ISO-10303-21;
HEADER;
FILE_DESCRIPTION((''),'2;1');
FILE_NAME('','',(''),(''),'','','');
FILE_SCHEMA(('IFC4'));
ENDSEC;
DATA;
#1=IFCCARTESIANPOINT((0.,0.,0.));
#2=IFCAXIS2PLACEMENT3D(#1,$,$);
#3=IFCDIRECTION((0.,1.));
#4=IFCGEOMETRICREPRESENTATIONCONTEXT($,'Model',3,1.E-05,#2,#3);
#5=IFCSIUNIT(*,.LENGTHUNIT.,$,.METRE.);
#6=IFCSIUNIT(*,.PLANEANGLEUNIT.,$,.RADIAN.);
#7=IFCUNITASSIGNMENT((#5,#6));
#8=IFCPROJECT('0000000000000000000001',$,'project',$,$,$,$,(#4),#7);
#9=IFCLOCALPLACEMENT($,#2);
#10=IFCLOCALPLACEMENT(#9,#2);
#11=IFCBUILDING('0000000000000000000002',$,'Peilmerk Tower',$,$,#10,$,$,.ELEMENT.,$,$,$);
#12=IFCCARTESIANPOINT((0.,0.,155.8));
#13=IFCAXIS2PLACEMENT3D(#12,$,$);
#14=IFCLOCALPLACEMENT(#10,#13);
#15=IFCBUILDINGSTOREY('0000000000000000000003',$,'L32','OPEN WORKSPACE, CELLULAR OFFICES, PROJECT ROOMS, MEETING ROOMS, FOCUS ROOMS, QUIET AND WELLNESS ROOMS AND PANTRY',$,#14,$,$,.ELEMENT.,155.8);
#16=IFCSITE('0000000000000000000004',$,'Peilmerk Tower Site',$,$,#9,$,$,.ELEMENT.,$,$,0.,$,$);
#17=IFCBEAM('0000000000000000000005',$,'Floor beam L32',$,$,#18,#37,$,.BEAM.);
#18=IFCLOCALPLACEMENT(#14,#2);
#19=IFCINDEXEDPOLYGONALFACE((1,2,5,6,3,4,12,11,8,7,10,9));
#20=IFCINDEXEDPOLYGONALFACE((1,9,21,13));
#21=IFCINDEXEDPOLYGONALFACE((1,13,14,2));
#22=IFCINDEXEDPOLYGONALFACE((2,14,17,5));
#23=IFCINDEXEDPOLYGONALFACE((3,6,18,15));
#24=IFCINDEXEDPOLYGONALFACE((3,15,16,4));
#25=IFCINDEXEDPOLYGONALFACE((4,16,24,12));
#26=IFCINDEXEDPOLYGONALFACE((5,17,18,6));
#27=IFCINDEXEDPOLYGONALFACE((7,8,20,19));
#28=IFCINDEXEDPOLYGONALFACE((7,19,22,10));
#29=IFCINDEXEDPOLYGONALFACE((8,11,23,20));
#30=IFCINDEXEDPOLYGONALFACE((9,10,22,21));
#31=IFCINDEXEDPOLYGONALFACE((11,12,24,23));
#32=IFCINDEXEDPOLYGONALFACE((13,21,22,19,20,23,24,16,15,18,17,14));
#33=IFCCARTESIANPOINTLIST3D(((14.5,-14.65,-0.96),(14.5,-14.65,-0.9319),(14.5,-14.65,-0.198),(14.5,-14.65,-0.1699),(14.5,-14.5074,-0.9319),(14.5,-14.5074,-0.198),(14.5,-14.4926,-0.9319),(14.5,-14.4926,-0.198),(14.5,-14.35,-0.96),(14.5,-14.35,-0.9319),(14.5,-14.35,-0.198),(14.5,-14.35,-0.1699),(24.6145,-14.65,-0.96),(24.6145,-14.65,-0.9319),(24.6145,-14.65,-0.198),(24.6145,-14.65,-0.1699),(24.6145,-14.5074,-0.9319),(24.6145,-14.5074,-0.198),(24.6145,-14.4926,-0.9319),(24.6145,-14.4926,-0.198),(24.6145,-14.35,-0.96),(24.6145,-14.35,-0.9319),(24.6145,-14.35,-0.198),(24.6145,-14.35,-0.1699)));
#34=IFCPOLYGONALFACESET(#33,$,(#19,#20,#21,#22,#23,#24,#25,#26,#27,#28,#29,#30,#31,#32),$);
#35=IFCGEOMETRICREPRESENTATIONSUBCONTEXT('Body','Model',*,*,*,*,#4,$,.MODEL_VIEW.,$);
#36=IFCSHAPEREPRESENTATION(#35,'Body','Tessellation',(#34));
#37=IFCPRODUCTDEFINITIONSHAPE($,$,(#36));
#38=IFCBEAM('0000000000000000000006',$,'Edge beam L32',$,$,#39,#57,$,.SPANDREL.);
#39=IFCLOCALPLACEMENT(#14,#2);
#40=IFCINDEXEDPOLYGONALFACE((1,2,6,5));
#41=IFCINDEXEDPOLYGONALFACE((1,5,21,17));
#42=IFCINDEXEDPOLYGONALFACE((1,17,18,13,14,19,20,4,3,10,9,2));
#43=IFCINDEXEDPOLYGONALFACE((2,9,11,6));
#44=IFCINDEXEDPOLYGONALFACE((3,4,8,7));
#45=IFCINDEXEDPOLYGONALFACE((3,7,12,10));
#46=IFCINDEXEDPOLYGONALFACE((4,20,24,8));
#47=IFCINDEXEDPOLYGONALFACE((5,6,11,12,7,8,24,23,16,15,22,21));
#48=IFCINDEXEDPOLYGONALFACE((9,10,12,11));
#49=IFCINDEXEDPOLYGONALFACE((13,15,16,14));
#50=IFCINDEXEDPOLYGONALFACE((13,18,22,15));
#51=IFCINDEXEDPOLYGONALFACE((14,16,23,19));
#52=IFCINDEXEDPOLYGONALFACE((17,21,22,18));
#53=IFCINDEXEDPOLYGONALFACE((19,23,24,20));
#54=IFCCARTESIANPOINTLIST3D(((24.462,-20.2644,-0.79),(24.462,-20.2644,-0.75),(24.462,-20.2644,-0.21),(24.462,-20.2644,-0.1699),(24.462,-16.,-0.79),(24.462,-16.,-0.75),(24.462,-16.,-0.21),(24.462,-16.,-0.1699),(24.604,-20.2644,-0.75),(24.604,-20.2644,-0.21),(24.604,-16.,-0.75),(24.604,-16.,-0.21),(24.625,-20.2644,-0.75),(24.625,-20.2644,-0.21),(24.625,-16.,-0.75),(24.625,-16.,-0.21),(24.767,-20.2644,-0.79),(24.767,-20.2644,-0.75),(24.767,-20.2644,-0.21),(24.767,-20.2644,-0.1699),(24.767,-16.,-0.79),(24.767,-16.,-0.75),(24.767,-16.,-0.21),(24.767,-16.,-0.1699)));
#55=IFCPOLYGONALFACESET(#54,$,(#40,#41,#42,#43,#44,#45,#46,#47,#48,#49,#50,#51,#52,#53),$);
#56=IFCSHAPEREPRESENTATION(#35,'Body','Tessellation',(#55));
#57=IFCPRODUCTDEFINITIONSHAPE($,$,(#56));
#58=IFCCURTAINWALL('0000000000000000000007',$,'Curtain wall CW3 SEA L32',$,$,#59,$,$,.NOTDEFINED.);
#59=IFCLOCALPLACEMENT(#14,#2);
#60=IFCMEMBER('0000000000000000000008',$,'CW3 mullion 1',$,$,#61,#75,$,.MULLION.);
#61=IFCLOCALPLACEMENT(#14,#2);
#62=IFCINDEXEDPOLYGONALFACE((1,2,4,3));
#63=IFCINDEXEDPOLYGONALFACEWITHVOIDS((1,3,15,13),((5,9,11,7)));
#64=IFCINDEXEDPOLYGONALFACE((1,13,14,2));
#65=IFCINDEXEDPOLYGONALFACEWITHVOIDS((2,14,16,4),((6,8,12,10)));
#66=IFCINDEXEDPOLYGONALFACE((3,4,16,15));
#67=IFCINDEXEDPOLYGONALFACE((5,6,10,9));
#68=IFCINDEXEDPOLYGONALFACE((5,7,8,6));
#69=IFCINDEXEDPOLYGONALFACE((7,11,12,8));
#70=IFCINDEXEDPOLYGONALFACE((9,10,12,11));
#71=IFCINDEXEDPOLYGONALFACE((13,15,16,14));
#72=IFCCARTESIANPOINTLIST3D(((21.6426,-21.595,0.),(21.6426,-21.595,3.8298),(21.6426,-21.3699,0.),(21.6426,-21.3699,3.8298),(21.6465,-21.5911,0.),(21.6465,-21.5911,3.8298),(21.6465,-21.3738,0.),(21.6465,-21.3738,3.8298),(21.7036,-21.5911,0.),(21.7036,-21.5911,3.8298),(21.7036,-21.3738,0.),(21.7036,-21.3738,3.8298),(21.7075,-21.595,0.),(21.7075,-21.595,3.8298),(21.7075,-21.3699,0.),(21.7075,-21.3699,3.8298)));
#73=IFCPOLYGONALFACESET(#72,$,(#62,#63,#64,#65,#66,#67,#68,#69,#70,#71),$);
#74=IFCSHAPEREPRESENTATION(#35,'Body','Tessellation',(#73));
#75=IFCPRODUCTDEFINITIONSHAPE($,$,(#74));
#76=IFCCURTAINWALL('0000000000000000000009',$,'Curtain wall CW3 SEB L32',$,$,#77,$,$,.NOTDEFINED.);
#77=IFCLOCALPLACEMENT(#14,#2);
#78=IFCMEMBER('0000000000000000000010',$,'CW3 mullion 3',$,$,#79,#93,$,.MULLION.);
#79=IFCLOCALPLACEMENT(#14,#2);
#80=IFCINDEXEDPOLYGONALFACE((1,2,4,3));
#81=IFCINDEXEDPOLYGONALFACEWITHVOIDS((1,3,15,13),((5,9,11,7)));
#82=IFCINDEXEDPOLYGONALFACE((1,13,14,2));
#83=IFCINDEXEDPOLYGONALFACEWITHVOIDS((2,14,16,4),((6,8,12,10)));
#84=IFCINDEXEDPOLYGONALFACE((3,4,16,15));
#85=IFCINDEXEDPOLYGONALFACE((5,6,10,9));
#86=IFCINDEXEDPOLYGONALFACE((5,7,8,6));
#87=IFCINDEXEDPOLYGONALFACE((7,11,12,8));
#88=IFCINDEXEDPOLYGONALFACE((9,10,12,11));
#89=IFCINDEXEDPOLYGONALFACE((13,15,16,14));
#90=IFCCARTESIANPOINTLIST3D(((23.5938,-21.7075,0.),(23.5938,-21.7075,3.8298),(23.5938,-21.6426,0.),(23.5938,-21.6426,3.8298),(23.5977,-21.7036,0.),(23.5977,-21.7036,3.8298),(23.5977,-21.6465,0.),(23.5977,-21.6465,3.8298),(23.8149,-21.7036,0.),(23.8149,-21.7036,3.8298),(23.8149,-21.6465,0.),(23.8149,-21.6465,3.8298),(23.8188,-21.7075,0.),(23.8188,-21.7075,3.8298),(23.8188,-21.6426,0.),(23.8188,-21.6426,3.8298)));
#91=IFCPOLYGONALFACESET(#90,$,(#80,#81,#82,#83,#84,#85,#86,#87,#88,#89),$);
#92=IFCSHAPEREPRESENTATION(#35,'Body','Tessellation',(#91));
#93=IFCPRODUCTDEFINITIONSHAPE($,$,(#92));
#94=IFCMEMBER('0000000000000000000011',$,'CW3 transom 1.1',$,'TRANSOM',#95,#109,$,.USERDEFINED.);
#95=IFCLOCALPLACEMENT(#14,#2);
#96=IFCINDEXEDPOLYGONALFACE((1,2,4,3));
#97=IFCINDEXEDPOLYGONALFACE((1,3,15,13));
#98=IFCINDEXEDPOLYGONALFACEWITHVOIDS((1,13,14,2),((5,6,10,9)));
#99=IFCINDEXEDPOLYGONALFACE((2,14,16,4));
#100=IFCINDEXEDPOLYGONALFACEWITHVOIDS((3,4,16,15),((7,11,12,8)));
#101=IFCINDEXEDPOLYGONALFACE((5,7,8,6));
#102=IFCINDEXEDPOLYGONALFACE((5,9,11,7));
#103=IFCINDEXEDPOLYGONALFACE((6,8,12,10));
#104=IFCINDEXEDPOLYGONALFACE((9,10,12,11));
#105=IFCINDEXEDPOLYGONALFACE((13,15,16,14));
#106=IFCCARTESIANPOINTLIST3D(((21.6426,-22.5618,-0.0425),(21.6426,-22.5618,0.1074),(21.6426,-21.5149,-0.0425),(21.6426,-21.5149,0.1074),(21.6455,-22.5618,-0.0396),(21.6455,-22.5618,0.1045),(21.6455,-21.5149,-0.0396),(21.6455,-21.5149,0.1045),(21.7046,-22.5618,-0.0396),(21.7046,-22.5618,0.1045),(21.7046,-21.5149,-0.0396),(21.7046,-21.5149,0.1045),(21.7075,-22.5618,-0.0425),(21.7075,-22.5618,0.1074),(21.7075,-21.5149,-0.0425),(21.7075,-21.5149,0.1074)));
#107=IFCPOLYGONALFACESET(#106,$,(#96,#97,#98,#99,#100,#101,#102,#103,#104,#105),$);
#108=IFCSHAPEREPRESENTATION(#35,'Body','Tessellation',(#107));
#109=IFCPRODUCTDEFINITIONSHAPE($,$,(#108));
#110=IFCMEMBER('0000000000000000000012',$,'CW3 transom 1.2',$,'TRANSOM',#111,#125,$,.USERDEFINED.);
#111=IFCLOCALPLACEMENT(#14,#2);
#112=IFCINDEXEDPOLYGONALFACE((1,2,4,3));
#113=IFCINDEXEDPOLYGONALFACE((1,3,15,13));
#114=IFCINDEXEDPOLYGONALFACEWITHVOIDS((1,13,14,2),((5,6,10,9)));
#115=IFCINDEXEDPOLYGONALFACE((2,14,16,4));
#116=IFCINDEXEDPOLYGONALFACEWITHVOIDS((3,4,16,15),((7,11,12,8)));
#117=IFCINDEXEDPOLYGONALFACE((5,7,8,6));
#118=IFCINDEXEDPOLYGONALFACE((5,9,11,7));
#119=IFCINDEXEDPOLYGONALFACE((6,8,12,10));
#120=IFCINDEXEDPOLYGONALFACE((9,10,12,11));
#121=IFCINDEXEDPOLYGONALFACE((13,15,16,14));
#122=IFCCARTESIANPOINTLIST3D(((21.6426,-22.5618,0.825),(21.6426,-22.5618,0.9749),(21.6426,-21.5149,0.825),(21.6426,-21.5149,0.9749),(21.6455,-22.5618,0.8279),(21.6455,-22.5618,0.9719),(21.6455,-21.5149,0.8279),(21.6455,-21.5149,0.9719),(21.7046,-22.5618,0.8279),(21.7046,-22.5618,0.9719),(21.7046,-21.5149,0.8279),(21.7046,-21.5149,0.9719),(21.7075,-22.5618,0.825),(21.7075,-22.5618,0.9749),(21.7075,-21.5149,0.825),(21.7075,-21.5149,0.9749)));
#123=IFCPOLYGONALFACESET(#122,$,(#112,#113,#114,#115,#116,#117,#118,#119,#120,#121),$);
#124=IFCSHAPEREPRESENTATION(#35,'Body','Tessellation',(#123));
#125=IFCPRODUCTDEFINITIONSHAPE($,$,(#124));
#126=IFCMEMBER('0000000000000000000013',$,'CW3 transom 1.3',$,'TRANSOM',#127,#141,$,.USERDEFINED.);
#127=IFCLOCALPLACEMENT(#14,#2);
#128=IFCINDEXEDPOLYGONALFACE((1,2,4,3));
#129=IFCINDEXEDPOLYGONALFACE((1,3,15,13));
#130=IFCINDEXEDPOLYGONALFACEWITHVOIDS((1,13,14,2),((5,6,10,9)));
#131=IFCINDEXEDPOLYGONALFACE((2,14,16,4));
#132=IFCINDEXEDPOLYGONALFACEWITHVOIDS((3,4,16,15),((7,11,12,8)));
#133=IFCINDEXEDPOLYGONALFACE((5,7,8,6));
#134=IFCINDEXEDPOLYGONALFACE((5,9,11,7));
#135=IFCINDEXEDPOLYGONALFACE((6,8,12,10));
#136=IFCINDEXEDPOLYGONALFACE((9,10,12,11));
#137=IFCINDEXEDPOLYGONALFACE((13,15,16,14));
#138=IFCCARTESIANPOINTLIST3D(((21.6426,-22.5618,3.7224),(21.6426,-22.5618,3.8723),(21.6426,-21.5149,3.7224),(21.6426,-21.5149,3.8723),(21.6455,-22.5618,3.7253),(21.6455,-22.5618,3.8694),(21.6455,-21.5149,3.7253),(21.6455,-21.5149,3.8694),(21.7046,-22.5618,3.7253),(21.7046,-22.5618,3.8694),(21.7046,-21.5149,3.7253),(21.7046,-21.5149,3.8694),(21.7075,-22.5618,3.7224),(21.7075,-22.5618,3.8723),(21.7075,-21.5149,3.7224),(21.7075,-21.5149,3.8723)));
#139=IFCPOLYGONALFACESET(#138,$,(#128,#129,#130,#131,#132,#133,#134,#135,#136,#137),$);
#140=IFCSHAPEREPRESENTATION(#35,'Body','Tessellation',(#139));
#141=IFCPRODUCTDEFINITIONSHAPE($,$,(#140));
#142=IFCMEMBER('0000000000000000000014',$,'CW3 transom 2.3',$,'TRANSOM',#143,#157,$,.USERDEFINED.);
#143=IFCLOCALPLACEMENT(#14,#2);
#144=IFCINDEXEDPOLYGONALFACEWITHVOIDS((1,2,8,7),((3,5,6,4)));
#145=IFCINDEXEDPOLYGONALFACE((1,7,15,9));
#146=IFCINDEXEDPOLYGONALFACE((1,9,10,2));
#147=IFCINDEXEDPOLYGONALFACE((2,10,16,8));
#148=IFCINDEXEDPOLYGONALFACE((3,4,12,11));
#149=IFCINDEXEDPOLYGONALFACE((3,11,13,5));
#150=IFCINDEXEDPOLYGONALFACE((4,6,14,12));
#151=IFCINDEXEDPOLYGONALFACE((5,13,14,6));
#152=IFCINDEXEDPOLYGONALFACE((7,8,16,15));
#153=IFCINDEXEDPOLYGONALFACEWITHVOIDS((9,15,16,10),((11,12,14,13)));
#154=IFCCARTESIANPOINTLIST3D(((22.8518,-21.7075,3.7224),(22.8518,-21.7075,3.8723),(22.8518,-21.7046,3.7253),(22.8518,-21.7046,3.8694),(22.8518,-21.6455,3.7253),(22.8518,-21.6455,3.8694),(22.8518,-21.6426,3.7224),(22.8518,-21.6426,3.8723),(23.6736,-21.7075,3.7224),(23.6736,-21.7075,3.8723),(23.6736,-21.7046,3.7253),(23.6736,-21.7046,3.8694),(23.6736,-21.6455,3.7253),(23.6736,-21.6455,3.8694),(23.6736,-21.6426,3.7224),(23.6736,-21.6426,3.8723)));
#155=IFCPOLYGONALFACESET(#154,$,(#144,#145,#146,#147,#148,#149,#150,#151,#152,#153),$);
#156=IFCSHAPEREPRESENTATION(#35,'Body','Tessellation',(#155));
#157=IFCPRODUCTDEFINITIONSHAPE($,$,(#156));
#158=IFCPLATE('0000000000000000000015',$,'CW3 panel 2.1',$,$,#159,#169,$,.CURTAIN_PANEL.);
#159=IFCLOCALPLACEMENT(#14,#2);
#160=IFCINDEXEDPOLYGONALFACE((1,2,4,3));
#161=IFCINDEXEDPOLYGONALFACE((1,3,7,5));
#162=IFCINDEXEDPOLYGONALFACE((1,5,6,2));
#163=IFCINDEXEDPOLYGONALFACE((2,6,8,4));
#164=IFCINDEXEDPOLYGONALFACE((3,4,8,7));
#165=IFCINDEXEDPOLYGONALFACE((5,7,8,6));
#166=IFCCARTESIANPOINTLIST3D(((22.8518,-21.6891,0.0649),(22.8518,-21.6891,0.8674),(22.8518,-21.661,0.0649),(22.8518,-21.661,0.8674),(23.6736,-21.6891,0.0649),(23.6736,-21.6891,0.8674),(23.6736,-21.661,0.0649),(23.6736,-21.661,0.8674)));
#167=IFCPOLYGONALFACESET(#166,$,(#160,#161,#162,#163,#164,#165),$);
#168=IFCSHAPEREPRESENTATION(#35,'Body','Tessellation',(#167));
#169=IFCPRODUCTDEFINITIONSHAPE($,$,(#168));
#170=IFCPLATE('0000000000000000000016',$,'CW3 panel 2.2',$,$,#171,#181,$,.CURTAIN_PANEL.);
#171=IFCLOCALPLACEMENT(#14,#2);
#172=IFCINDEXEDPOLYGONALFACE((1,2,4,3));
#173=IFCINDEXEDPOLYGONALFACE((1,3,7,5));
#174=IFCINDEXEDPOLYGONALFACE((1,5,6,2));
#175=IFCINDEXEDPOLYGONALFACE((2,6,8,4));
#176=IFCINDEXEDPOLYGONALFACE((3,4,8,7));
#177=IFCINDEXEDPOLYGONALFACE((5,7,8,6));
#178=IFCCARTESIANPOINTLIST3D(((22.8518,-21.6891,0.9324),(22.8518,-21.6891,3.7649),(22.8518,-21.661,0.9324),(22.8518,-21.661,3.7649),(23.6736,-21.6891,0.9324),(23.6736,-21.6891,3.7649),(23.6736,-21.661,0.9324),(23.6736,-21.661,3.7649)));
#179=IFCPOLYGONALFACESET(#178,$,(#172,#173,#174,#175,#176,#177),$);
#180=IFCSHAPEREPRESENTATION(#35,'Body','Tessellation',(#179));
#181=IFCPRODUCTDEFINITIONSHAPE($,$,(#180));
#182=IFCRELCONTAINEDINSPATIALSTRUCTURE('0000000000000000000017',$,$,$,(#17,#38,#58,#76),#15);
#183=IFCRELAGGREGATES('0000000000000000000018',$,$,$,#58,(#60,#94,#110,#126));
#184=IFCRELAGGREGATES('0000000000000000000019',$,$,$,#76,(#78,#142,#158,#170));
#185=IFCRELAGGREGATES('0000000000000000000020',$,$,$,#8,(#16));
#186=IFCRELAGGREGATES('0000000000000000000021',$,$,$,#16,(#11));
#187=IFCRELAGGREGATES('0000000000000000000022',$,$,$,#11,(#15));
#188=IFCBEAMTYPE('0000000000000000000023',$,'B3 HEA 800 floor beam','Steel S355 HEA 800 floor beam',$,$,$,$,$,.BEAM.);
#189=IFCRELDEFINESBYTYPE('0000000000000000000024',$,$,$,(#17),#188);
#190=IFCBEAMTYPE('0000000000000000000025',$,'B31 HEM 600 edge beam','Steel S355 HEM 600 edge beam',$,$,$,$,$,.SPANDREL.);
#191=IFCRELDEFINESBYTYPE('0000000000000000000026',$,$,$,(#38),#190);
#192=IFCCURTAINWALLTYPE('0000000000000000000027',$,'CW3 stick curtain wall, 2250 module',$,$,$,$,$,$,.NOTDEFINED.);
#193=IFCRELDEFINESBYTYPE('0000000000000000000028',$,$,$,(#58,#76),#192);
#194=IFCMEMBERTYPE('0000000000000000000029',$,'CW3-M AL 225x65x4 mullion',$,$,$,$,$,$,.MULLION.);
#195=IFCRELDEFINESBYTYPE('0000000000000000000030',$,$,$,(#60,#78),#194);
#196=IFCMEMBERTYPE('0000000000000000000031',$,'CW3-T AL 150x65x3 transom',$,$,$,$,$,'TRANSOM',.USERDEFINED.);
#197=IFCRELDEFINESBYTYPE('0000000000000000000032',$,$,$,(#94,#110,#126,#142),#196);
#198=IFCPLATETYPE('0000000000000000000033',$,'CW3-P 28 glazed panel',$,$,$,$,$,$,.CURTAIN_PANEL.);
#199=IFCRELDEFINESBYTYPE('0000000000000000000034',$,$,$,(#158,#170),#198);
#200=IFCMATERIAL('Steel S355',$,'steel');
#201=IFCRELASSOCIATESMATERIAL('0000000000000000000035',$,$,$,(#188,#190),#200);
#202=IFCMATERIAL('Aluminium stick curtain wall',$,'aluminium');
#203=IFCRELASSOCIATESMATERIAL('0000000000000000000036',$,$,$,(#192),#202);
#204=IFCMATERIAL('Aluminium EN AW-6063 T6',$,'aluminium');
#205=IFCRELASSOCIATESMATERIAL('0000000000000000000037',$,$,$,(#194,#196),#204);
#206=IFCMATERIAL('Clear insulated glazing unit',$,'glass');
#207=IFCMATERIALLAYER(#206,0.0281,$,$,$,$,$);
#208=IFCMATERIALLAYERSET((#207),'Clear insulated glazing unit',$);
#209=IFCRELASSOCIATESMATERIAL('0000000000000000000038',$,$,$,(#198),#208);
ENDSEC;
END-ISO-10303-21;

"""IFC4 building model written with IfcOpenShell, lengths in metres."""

from ifc_helpers import new_model, si_unit, direction, frame, origin, origin_2d, place, context, subcontext, project, spatial, rectangle, hollow_rectangle, i_section, extrude, material, layer, layer_set, material_profile, profile_set, type_object, element, aggregate, save


model = new_model("IFC4")

# Units and contexts
model_context = context("Model", 3, precision=1e-05, world=origin(), true_north=direction((0.0, 1.0)))
body_context = subcontext(model_context, "Body", "Model", "MODEL_VIEW")
ifc_project = project(units=[si_unit("LENGTHUNIT", "METRE"), si_unit("PLANEANGLEUNIT", "RADIAN")], contexts=[model_context])

# Site, building, storey
site_placement = place(None, origin())
site = spatial("IfcSite", under=ifc_project, at=site_placement, Name="Peilmerk Tower Site", CompositionType="ELEMENT", RefElevation=0.0)
building_placement = place(site_placement, origin())
building = spatial("IfcBuilding", under=site, at=building_placement, Name="Peilmerk Tower", CompositionType="ELEMENT")
storey_placement = place(building_placement, frame((0.0, 0.0, 155.8)))
storey = spatial("IfcBuildingStorey", under=building, at=storey_placement, Name="L32", Description="OPEN WORKSPACE, CELLULAR OFFICES, PROJECT ROOMS, MEETING ROOMS, FOCUS ROOMS, QUIET AND WELLNESS ROOMS AND PANTRY", CompositionType="ELEMENT", Elevation=155.8)

# Beams
ifc_material_1 = material(Name="Steel S355", Category="steel")
ifc_material_profile_1 = material_profile(ifc_material_1, i_section(OverallWidth=0.3, OverallDepth=0.79, WebThickness=0.0149, FlangeThickness=0.0281, at=origin_2d()), Name="HEA 800")
ifc_profile_set_1 = profile_set([ifc_material_profile_1], Name="Steel S355")
beam_type_1 = type_object("IfcBeamType", Name="B3 HEA 800 floor beam", Description="Steel S355 HEA 800 floor beam", PredefinedType="BEAM", material=ifc_profile_set_1)
for number, where, z_axis, x_axis, name in (
    (1, (14.5, -14.5, -0.5649), (1.0, 0.0, 0.0), (0.0, 1.0, 0.0), "Floor beam L32"),
):
    element("IfcBeam", number, at=place(storey_placement, frame(where, z_axis=z_axis, x_axis=x_axis)), inside=storey, type_object=beam_type_1, Name=name, PredefinedType="BEAM", context=body_context, shape_type="SweptSolid", body=[
        extrude(i_section(OverallWidth=0.3, OverallDepth=0.79, WebThickness=0.0149, FlangeThickness=0.0281, at=origin_2d()), origin(), (0.0, 0.0, 1.0), 10.1145),
    ])
ifc_material_profile_2 = material_profile(ifc_material_1, i_section(OverallWidth=0.3049, OverallDepth=0.6201, WebThickness=0.021, FlangeThickness=0.04, at=origin_2d()), Name="HEM 600")
ifc_profile_set_2 = profile_set([ifc_material_profile_2], Name="Steel S355")
beam_type_2 = type_object("IfcBeamType", Name="B31 HEM 600 edge beam", Description="Steel S355 HEM 600 edge beam", PredefinedType="SPANDREL", material=ifc_profile_set_2)
beam_1_placement = place(storey_placement, frame((24.6145, -20.2644, -0.48), z_axis=(0.0, 1.0, 0.0), x_axis=(-1.0, 0.0, 0.0)))
element("IfcBeam", 2, at=beam_1_placement, inside=storey, type_object=beam_type_2, Name="Edge beam L32", PredefinedType="SPANDREL", context=body_context, shape_type="SweptSolid", body=[
    extrude(i_section(OverallWidth=0.3049, OverallDepth=0.6201, WebThickness=0.021, FlangeThickness=0.04, at=origin_2d()), origin(), (0.0, 0.0, 1.0), 4.2644),
])

# Curtain walls, members
ifc_material_2 = material(Name="Aluminium stick curtain wall", Category="aluminium")
curtain_wall_type = type_object("IfcCurtainWallType", Name="CW3 stick curtain wall, 2250 module", PredefinedType="NOTDEFINED", material=ifc_material_2)
curtain_wall_1_placement = place(storey_placement, origin())
curtain_wall_1 = element("IfcCurtainWall", 3, at=curtain_wall_1_placement, inside=storey, type_object=curtain_wall_type, Name="Curtain wall CW3 SEA L32", PredefinedType="NOTDEFINED")
ifc_material_3 = material(Name="Aluminium EN AW-6063 T6", Category="aluminium")
ifc_material_profile_3 = material_profile(ifc_material_3, hollow_rectangle(XDim=0.0649, YDim=0.2251, WallThickness=0.0039, at=origin_2d()), Name="AL 225x65x4")
ifc_profile_set_3 = profile_set([ifc_material_profile_3], Name="Aluminium EN AW-6063 T6")
member_type_1 = type_object("IfcMemberType", Name="CW3-M AL 225x65x4 mullion", PredefinedType="MULLION", material=ifc_profile_set_3)
member_1_placement = place(storey_placement, frame((21.675, -21.4824, 0.0), z_axis=(0.0, 0.0, 1.0), x_axis=(1.0, 0.0, 0.0)))
member_1 = element("IfcMember", 4, at=member_1_placement, type_object=member_type_1, Name="CW3 mullion 1", PredefinedType="MULLION", context=body_context, shape_type="SweptSolid", body=[
    extrude(hollow_rectangle(XDim=0.0649, YDim=0.2251, WallThickness=0.0039, at=origin_2d()), origin(), (0.0, 0.0, 1.0), 3.8298),
])
curtain_wall_2_placement = place(storey_placement, origin())
curtain_wall_2 = element("IfcCurtainWall", 5, at=curtain_wall_2_placement, inside=storey, type_object=curtain_wall_type, Name="Curtain wall CW3 SEB L32", PredefinedType="NOTDEFINED")
member_2_placement = place(storey_placement, frame((23.7063, -21.675, 0.0), z_axis=(0.0, 0.0, 1.0), x_axis=(0.0, 1.0, 0.0)))
member_2 = element("IfcMember", 6, at=member_2_placement, type_object=member_type_1, Name="CW3 mullion 3", PredefinedType="MULLION", context=body_context, shape_type="SweptSolid", body=[
    extrude(hollow_rectangle(XDim=0.0649, YDim=0.2251, WallThickness=0.0039, at=origin_2d()), origin(), (0.0, 0.0, 1.0), 3.8298),
])

# Members
ifc_material_profile_4 = material_profile(ifc_material_3, hollow_rectangle(XDim=0.0649, YDim=0.1499, WallThickness=0.0029, at=origin_2d()), Name="AL 150x65x3")
ifc_profile_set_4 = profile_set([ifc_material_profile_4], Name="Aluminium EN AW-6063 T6")
member_type_2 = type_object("IfcMemberType", Name="CW3-T AL 150x65x3 transom", ElementType="TRANSOM", PredefinedType="USERDEFINED", material=ifc_profile_set_4)
member_3_placement = place(storey_placement, frame((21.675, -21.5149, 0.0325), z_axis=(0.0, -1.0, 0.0), x_axis=(1.0, 0.0, 0.0)))
member_3 = element("IfcMember", 7, at=member_3_placement, type_object=member_type_2, Name="CW3 transom 1.1", ObjectType="TRANSOM", PredefinedType="USERDEFINED", context=body_context, shape_type="SweptSolid", body=[
    extrude(hollow_rectangle(XDim=0.0649, YDim=0.1499, WallThickness=0.0029, at=origin_2d()), origin(), (0.0, 0.0, 1.0), 1.0469),
])
member_4_placement = place(storey_placement, frame((21.675, -21.5149, 0.8999), z_axis=(0.0, -1.0, 0.0), x_axis=(1.0, 0.0, 0.0)))
member_4 = element("IfcMember", 8, at=member_4_placement, type_object=member_type_2, Name="CW3 transom 1.2", ObjectType="TRANSOM", PredefinedType="USERDEFINED", context=body_context, shape_type="SweptSolid", body=[
    extrude(hollow_rectangle(XDim=0.0649, YDim=0.1499, WallThickness=0.0029, at=origin_2d()), origin(), (0.0, 0.0, 1.0), 1.0469),
])
member_5_placement = place(storey_placement, frame((21.675, -21.5149, 3.7974), z_axis=(0.0, -1.0, 0.0), x_axis=(1.0, 0.0, 0.0)))
member_5 = element("IfcMember", 9, at=member_5_placement, type_object=member_type_2, Name="CW3 transom 1.3", ObjectType="TRANSOM", PredefinedType="USERDEFINED", context=body_context, shape_type="SweptSolid", body=[
    extrude(hollow_rectangle(XDim=0.0649, YDim=0.1499, WallThickness=0.0029, at=origin_2d()), origin(), (0.0, 0.0, 1.0), 1.0469),
])
aggregate(curtain_wall_1, [member_1, member_3, member_4, member_5])
member_6_placement = place(storey_placement, frame((22.8518, -21.675, 3.7974), z_axis=(1.0, 0.0, 0.0), x_axis=(0.0, 1.0, 0.0)))
member_6 = element("IfcMember", 10, at=member_6_placement, type_object=member_type_2, Name="CW3 transom 2.3", ObjectType="TRANSOM", PredefinedType="USERDEFINED", context=body_context, shape_type="SweptSolid", body=[
    extrude(hollow_rectangle(XDim=0.0649, YDim=0.1499, WallThickness=0.0029, at=origin_2d()), origin(), (0.0, 0.0, 1.0), 0.8218),
])

# Plates
ifc_material_4 = material(Name="Clear insulated glazing unit", Category="glass")
ifc_layer_1 = layer(ifc_material_4, 0.0281)
ifc_layer_set_1 = layer_set([ifc_layer_1], Name="Clear insulated glazing unit")
plate_type = type_object("IfcPlateType", Name="CW3-P 28 glazed panel", PredefinedType="CURTAIN_PANEL", material=ifc_layer_set_1)
plate_1_placement = place(storey_placement, frame((23.2627, -21.675, 0.0649), z_axis=(0.0, 0.0, 1.0), x_axis=(1.0, 0.0, 0.0)))
plate_1 = element("IfcPlate", 11, at=plate_1_placement, type_object=plate_type, Name="CW3 panel 2.1", PredefinedType="CURTAIN_PANEL", context=body_context, shape_type="SweptSolid", body=[
    extrude(rectangle(XDim=0.8218, YDim=0.0281, at=origin_2d()), origin(), (0.0, 0.0, 1.0), 0.8025),
])
plate_2_placement = place(storey_placement, frame((23.2627, -21.675, 0.9324), z_axis=(0.0, 0.0, 1.0), x_axis=(1.0, 0.0, 0.0)))
plate_2 = element("IfcPlate", 12, at=plate_2_placement, type_object=plate_type, Name="CW3 panel 2.2", PredefinedType="CURTAIN_PANEL", context=body_context, shape_type="SweptSolid", body=[
    extrude(rectangle(XDim=0.8218, YDim=0.0281, at=origin_2d()), origin(), (0.0, 0.0, 1.0), 2.8325),
])
aggregate(curtain_wall_2, [member_2, member_6, plate_1, plate_2])

save(model, "model.ifc")
